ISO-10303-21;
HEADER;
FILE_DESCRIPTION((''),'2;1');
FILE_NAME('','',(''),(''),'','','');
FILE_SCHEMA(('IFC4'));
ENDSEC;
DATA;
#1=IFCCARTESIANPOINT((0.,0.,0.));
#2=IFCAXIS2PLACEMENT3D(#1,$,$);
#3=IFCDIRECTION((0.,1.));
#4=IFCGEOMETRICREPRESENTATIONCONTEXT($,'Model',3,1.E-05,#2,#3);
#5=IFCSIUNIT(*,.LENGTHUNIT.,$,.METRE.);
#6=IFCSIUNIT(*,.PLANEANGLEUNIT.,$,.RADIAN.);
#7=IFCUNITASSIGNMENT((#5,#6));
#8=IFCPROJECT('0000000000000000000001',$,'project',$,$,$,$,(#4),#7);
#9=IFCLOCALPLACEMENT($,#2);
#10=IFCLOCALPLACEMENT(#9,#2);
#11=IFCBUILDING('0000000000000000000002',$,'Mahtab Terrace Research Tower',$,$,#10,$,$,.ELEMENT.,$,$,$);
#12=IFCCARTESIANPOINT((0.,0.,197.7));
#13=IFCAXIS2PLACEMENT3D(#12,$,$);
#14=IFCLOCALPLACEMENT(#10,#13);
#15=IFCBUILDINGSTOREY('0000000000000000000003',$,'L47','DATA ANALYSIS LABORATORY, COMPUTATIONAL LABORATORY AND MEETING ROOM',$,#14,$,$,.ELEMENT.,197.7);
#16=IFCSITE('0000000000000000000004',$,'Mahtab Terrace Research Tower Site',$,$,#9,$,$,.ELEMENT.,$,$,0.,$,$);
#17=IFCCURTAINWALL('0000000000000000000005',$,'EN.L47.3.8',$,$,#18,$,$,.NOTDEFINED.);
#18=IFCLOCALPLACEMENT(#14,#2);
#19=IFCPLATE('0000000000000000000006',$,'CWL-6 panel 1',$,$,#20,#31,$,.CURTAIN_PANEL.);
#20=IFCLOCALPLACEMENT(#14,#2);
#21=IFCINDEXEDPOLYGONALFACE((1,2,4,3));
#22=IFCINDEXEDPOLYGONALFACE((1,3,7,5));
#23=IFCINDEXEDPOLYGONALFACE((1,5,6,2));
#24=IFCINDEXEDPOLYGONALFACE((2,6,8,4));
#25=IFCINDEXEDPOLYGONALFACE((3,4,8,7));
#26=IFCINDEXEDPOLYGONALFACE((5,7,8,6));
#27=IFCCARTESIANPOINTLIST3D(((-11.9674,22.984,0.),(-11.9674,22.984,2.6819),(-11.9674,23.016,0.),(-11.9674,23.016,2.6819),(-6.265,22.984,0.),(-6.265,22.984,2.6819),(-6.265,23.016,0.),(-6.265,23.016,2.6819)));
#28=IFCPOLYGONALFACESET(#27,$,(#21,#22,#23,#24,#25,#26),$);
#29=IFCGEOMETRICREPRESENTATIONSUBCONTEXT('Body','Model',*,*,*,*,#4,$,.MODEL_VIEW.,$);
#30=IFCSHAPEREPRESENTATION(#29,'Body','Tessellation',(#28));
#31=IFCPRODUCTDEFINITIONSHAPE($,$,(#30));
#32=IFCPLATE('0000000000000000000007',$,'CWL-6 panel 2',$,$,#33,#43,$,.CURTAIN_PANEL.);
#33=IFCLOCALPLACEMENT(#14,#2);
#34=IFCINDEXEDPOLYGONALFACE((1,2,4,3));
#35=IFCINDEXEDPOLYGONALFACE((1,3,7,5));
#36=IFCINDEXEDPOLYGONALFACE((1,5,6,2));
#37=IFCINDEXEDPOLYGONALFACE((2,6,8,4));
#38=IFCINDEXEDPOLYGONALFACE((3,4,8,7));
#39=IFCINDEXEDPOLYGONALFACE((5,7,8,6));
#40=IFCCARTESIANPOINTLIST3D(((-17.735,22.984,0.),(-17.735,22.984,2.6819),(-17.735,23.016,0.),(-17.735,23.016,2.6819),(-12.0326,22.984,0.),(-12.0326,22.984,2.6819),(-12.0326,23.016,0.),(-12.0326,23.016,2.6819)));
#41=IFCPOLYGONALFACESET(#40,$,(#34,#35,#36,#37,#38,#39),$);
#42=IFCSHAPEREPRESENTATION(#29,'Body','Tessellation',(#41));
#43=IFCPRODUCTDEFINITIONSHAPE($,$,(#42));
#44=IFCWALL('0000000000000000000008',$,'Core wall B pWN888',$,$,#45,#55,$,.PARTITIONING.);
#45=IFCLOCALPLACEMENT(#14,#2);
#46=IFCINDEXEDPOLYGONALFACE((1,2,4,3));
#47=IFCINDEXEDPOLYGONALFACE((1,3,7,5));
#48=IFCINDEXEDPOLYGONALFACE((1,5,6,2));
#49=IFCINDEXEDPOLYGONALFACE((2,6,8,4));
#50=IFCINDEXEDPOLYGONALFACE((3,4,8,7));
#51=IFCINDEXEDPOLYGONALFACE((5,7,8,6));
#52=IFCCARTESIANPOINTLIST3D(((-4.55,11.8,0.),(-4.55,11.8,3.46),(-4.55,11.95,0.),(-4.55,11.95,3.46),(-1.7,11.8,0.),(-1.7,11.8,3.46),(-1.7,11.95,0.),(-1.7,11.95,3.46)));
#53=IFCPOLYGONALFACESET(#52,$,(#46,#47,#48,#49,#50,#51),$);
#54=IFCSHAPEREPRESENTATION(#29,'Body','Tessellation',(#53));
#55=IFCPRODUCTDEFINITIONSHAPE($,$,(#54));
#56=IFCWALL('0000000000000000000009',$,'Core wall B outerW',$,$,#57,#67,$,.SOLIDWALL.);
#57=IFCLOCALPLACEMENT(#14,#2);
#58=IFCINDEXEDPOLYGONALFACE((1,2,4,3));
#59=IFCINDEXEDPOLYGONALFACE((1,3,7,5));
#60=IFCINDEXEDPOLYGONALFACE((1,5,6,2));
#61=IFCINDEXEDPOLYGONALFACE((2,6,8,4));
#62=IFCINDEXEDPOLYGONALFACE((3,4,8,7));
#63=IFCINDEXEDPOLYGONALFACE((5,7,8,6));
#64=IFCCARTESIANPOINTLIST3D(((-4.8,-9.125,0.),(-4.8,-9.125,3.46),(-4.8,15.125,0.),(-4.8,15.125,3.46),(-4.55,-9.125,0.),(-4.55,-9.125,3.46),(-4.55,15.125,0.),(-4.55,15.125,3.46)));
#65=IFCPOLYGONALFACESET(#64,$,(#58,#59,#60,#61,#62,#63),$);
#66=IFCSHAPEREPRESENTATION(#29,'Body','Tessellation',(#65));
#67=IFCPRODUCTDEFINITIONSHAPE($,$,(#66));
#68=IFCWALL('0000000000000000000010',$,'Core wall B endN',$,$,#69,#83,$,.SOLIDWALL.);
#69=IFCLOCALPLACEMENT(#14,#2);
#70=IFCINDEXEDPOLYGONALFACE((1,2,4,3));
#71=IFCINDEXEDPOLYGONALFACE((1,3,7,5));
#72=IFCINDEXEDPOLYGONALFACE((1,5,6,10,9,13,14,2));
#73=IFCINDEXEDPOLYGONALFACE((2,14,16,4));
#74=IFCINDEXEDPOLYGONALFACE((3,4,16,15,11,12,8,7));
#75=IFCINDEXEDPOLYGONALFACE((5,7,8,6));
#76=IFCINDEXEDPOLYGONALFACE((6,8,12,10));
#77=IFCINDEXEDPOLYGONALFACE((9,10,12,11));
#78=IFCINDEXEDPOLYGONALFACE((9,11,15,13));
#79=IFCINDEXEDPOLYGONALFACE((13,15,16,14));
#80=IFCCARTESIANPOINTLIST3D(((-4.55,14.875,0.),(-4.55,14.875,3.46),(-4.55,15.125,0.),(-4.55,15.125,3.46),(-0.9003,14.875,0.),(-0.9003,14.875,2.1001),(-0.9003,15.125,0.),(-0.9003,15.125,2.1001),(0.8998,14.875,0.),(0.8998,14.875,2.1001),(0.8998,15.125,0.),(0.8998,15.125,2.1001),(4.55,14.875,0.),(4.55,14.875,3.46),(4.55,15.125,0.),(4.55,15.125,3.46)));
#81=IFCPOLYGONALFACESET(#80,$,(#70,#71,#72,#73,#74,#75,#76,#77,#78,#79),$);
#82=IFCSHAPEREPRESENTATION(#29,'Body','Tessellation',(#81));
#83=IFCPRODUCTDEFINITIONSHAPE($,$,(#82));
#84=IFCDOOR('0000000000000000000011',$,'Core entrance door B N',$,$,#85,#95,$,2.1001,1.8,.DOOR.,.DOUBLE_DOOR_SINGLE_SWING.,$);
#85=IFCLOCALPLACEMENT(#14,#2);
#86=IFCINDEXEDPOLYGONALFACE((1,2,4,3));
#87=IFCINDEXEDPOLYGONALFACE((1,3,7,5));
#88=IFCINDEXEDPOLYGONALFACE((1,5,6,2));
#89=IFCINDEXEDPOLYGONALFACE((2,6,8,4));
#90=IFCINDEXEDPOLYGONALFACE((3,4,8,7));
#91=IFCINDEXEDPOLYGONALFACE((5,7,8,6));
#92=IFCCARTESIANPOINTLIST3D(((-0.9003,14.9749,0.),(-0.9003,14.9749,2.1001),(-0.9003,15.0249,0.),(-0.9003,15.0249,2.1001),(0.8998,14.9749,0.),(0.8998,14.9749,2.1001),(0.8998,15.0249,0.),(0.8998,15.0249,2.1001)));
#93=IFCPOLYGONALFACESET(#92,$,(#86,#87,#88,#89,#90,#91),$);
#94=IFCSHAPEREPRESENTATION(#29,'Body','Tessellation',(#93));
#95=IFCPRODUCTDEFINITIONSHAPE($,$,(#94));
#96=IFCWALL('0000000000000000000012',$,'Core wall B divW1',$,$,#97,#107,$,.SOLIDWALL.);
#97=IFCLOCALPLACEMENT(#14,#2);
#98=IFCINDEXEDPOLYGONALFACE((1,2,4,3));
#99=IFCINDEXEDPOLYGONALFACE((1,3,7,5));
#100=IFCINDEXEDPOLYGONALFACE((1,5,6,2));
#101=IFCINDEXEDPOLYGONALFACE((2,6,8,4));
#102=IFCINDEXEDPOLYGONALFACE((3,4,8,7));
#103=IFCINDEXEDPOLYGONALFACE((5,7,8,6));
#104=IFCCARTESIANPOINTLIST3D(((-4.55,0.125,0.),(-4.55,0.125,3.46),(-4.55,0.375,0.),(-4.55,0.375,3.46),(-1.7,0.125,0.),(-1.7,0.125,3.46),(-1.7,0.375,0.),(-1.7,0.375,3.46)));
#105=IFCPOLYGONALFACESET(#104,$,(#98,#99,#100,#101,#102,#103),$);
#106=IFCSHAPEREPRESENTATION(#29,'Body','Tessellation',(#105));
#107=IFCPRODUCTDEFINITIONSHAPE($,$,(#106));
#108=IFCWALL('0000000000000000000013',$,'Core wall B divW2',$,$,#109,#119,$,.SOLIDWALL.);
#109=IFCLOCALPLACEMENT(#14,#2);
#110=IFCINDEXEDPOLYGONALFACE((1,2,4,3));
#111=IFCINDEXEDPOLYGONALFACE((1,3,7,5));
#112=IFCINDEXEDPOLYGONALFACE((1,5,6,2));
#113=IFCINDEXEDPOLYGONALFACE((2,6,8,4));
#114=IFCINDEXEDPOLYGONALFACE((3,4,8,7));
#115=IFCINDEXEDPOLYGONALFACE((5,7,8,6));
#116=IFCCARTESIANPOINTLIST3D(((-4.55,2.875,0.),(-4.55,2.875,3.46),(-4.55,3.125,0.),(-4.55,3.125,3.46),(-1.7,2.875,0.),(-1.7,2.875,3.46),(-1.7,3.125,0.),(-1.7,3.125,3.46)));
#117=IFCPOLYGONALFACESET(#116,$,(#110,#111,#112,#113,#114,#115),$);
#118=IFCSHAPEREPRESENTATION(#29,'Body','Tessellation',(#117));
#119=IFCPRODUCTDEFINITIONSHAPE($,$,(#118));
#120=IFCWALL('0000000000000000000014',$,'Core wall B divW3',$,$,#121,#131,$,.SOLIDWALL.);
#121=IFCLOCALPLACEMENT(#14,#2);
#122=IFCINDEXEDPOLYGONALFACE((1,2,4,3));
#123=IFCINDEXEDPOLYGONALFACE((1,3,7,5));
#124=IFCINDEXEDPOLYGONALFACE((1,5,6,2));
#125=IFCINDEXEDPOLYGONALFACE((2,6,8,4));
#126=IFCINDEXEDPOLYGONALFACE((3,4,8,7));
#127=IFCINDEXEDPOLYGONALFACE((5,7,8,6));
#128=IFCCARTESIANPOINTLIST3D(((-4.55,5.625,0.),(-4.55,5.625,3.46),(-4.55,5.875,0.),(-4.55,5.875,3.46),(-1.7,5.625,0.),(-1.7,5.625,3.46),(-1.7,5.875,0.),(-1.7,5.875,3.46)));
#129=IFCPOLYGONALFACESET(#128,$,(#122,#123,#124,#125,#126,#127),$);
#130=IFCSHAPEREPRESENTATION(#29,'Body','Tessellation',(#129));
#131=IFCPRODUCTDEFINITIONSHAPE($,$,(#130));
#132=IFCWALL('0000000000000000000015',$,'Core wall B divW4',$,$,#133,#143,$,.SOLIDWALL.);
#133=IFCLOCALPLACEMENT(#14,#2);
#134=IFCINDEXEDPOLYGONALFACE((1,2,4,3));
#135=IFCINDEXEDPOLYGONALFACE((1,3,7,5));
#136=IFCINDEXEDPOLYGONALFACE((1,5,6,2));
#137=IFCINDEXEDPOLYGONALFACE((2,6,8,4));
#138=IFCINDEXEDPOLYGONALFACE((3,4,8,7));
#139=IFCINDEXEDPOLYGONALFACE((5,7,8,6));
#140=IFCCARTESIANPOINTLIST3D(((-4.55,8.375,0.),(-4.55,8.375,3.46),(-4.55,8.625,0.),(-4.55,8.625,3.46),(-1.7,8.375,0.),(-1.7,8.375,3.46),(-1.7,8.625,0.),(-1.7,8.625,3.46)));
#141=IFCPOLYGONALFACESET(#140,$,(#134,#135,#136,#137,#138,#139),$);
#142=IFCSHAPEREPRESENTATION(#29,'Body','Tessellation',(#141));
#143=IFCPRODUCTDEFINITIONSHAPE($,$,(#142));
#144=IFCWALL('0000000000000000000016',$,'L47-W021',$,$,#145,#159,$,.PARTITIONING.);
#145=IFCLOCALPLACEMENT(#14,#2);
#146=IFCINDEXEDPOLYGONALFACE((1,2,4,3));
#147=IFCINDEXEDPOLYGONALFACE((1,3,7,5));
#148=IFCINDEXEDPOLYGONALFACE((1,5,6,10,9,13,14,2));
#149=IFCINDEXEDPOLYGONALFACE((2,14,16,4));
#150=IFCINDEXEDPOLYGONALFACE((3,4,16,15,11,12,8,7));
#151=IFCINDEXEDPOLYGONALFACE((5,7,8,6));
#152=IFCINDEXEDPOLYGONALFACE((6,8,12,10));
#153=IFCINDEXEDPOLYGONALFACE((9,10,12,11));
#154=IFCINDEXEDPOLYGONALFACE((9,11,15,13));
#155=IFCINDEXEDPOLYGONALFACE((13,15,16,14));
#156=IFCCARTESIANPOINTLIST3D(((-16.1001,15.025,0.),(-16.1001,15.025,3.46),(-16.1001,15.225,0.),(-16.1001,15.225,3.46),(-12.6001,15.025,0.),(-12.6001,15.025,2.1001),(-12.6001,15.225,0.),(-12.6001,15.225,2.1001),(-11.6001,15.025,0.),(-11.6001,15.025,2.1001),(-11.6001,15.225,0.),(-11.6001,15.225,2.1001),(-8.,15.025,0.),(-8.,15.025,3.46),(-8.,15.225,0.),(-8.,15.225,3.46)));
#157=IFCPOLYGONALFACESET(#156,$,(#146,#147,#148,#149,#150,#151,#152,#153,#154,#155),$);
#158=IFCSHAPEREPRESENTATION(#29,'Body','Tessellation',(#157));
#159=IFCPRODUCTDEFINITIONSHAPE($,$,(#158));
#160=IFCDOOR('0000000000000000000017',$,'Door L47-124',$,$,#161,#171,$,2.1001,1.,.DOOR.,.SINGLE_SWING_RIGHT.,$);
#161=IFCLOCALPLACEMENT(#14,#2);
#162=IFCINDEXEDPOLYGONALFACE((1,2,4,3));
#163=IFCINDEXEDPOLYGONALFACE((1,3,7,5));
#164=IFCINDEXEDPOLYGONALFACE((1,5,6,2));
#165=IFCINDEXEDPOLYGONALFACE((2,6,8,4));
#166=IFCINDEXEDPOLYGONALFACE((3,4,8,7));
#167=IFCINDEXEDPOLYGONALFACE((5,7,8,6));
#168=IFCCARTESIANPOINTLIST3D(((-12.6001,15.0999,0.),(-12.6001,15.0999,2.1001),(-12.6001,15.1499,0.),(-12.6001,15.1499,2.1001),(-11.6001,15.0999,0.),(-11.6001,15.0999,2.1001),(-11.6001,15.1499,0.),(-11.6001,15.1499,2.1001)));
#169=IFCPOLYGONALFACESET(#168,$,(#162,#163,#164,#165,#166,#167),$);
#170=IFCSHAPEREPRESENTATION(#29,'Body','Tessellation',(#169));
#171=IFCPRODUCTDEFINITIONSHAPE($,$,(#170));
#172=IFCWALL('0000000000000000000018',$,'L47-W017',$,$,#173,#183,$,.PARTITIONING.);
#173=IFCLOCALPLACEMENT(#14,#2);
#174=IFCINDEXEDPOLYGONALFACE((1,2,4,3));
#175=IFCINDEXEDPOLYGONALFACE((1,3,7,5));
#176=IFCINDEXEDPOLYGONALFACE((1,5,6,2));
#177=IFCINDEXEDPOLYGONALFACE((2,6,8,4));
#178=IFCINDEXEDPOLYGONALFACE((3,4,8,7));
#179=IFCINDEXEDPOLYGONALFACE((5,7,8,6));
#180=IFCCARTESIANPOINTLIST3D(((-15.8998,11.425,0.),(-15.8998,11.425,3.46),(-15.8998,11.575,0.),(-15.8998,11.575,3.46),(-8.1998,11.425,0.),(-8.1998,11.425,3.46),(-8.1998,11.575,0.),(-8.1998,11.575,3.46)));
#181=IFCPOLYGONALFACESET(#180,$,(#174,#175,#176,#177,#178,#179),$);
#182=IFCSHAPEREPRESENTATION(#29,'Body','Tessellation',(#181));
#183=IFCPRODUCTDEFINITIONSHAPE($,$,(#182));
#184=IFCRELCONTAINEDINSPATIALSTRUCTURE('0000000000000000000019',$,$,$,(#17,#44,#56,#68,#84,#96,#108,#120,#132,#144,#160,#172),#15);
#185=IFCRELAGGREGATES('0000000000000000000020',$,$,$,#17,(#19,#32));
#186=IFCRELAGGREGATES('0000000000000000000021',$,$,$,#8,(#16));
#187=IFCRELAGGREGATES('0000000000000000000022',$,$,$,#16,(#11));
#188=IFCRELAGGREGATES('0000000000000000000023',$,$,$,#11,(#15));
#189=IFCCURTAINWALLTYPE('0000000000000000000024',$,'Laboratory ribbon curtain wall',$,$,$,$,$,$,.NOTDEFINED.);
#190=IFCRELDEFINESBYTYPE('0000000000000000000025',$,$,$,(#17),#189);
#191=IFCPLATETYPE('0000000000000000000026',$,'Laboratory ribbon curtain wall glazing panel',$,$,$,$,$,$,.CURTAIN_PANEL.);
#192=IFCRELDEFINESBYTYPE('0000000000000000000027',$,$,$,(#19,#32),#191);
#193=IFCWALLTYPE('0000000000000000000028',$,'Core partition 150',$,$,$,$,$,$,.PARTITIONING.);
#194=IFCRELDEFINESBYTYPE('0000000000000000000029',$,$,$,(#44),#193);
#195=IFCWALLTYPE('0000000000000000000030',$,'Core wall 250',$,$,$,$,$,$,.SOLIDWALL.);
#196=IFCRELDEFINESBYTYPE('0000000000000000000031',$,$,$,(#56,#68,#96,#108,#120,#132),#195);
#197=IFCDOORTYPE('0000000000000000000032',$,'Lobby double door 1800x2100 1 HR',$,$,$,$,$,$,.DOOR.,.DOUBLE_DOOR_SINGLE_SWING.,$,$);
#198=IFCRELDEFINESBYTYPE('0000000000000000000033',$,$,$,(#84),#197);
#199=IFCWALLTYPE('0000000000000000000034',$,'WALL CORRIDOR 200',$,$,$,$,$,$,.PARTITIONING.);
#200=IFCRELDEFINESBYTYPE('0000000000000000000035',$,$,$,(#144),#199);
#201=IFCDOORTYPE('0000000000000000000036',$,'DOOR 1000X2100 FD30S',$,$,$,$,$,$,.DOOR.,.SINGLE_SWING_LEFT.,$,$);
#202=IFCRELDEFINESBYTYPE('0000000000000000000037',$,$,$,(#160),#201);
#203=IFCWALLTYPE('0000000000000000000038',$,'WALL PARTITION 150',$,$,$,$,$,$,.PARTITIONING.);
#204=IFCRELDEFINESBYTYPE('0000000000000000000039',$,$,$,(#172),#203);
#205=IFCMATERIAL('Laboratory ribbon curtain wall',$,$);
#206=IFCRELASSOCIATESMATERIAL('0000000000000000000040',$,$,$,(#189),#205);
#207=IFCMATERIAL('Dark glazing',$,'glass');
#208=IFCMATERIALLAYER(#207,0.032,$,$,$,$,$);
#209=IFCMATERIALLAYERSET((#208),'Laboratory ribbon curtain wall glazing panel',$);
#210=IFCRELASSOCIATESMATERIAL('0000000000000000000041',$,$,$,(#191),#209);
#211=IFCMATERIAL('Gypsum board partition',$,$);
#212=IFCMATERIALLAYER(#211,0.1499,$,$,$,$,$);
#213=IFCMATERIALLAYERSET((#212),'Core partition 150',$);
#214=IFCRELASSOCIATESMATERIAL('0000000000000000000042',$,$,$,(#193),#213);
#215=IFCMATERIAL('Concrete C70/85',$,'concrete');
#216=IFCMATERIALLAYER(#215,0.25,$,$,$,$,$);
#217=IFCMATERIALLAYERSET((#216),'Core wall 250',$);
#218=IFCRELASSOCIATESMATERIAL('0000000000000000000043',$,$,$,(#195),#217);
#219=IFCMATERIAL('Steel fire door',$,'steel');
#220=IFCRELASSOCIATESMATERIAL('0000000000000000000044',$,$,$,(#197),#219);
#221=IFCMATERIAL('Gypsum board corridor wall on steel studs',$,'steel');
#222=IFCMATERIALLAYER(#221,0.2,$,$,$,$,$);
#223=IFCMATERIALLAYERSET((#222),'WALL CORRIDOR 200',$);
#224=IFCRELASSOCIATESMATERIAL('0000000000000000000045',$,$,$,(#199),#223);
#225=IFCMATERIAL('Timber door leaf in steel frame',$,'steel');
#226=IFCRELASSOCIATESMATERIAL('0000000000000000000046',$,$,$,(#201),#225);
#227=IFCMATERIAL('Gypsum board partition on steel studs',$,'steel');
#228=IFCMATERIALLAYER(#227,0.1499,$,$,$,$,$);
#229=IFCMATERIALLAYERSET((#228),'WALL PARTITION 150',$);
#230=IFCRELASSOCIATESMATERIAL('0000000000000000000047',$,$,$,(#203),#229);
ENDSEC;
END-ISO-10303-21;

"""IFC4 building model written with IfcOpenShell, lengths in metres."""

from ifc_helpers import new_model, si_unit, direction, frame, frame_2d, origin, origin_2d, place, context, subcontext, project, spatial, rectangle, extrude, material, layer, layer_set, type_object, element, fill, aggregate, save


model = new_model("IFC4")

# Units and contexts
model_context = context("Model", 3, precision=1e-05, world=origin(), true_north=direction((0.0, 1.0)))
body_context = subcontext(model_context, "Body", "Model", "MODEL_VIEW")
ifc_project = project(units=[si_unit("LENGTHUNIT", "METRE"), si_unit("PLANEANGLEUNIT", "RADIAN")], contexts=[model_context])

# Site, building, storey
site_placement = place(None, origin())
site = spatial("IfcSite", under=ifc_project, at=site_placement, Name="Mahtab Terrace Research Tower Site", CompositionType="ELEMENT", RefElevation=0.0)
building_placement = place(site_placement, origin())
building = spatial("IfcBuilding", under=site, at=building_placement, Name="Mahtab Terrace Research Tower", CompositionType="ELEMENT")
storey_placement = place(building_placement, frame((0.0, 0.0, 197.7)))
storey = spatial("IfcBuildingStorey", under=building, at=storey_placement, Name="L47", Description="DATA ANALYSIS LABORATORY, COMPUTATIONAL LABORATORY AND MEETING ROOM", CompositionType="ELEMENT", Elevation=197.7)

# Shared definitions
ifc_material_1 = material(Name="Concrete C70/85", Category="concrete")

# Curtain wall
ifc_material_2 = material(Name="Laboratory ribbon curtain wall")
curtain_wall_type = type_object("IfcCurtainWallType", Name="Laboratory ribbon curtain wall", PredefinedType="NOTDEFINED", material=ifc_material_2)
curtain_wall_placement = place(storey_placement, origin())
curtain_wall = element("IfcCurtainWall", 1, at=curtain_wall_placement, inside=storey, type_object=curtain_wall_type, Name="EN.L47.3.8", PredefinedType="NOTDEFINED")

# Plates
ifc_material_3 = material(Name="Dark glazing", Category="glass")
ifc_layer_1 = layer(ifc_material_3, 0.032)
ifc_layer_set_1 = layer_set([ifc_layer_1], Name="Laboratory ribbon curtain wall glazing panel")
plate_type = type_object("IfcPlateType", Name="Laboratory ribbon curtain wall glazing panel", PredefinedType="CURTAIN_PANEL", material=ifc_layer_set_1)
plate_1_placement = place(storey_placement, frame((-9.1162, 23.0, 0.0), z_axis=(0.0, 0.0, 1.0), x_axis=(-1.0, 0.0, 0.0)))
plate_1 = element("IfcPlate", 2, at=plate_1_placement, type_object=plate_type, Name="CWL-6 panel 1", PredefinedType="CURTAIN_PANEL", context=body_context, shape_type="SweptSolid", body=[
    extrude(rectangle(XDim=5.7024, YDim=0.032, at=origin_2d()), origin(), (0.0, 0.0, 1.0), 2.6819),
])
plate_2_placement = place(storey_placement, frame((-14.8838, 23.0, 0.0), z_axis=(0.0, 0.0, 1.0), x_axis=(-1.0, 0.0, 0.0)))
plate_2 = element("IfcPlate", 3, at=plate_2_placement, type_object=plate_type, Name="CWL-6 panel 2", PredefinedType="CURTAIN_PANEL", context=body_context, shape_type="SweptSolid", body=[
    extrude(rectangle(XDim=5.7024, YDim=0.032, at=origin_2d()), origin(), (0.0, 0.0, 1.0), 2.6819),
])
aggregate(curtain_wall, [plate_1, plate_2])

# Walls
ifc_material_4 = material(Name="Gypsum board partition")
ifc_layer_2 = layer(ifc_material_4, 0.1499)
ifc_layer_set_2 = layer_set([ifc_layer_2], Name="Core partition 150")
wall_type_1 = type_object("IfcWallType", Name="Core partition 150", PredefinedType="PARTITIONING", material=ifc_layer_set_2)
wall_1_placement = place(storey_placement, frame((-4.55, 11.875, 0.0), z_axis=(0.0, 0.0, 1.0), x_axis=(1.0, 0.0, 0.0)))
element("IfcWall", 4, at=wall_1_placement, inside=storey, type_object=wall_type_1, Name="Core wall B pWN888", PredefinedType="PARTITIONING", context=body_context, shape_type="SweptSolid", body=[
    extrude(rectangle(XDim=2.8501, YDim=0.1499, at=frame_2d((1.425, 0.0))), origin(), (0.0, 0.0, 1.0), 3.46),
])
ifc_layer_3 = layer(ifc_material_1, 0.25)
ifc_layer_set_3 = layer_set([ifc_layer_3], Name="Core wall 250")
wall_type_2 = type_object("IfcWallType", Name="Core wall 250", PredefinedType="SOLIDWALL", material=ifc_layer_set_3)
wall_2_placement = place(storey_placement, frame((-4.675, 15.125, 0.0), z_axis=(0.0, 0.0, 1.0), x_axis=(0.0, -1.0, 0.0)))
element("IfcWall", 5, at=wall_2_placement, inside=storey, type_object=wall_type_2, Name="Core wall B outerW", PredefinedType="SOLIDWALL", context=body_context, shape_type="SweptSolid", body=[
    extrude(rectangle(XDim=24.25, YDim=0.25, at=frame_2d((12.125, 0.0))), origin(), (0.0, 0.0, 1.0), 3.46),
])

# Wall, opening, door
wall_3_placement = place(storey_placement, frame((-4.55, 15.0, 0.0), z_axis=(0.0, 0.0, 1.0), x_axis=(1.0, 0.0, 0.0)))
wall_3 = element("IfcWall", 6, at=wall_3_placement, inside=storey, type_object=wall_type_2, Name="Core wall B endN", PredefinedType="SOLIDWALL", context=body_context, shape_type="SweptSolid", body=[
    extrude(rectangle(XDim=9.1001, YDim=0.25, at=frame_2d((4.55, 0.0))), origin(), (0.0, 0.0, 1.0), 3.46),
])
opening_1_placement = place(wall_3_placement, frame((3.6499, 0.0, 0.0)))
opening_1 = element("IfcOpeningElement", 7, at=opening_1_placement, cuts=wall_3, PredefinedType="OPENING", context=body_context, shape_type="SweptSolid", body=[
    extrude(rectangle(XDim=1.8, YDim=2.1001, at=frame_2d((0.8999, 1.05))), frame((0.0, 0.135, 0.0), z_axis=(0.0, -1.0, 0.0), x_axis=(1.0, 0.0, 0.0)), (0.0, 0.0, 1.0), 0.27),
])
ifc_material_5 = material(Name="Steel fire door", Category="steel")
door_type_1 = type_object("IfcDoorType", Name="Lobby double door 1800x2100 1 HR", OperationType="DOUBLE_DOOR_SINGLE_SWING", PredefinedType="DOOR", material=ifc_material_5)
door_1_placement = place(opening_1_placement, origin())
door_1 = element("IfcDoor", 8, at=door_1_placement, inside=storey, type_object=door_type_1, Name="Core entrance door B N", OperationType="DOUBLE_DOOR_SINGLE_SWING", OverallHeight=2.1001, OverallWidth=1.8, PredefinedType="DOOR", context=body_context, shape_type="SweptSolid", body=[
    extrude(rectangle(XDim=1.8, YDim=2.1001, at=frame_2d((0.8999, 1.05))), frame((0.0, 0.0249, 0.0), z_axis=(0.0, -1.0, 0.0), x_axis=(1.0, 0.0, 0.0)), (0.0, 0.0, 1.0), 0.05),
])
fill(opening_1, door_1)

# Walls
for number, where, z_axis, x_axis, name in (
    (9, (-4.55, 0.25, 0.0), (0.0, 0.0, 1.0), (1.0, 0.0, 0.0), "Core wall B divW1"),
    (10, (-4.55, 3.0, 0.0), (0.0, 0.0, 1.0), (1.0, 0.0, 0.0), "Core wall B divW2"),
    (11, (-4.55, 5.75, 0.0), (0.0, 0.0, 1.0), (1.0, 0.0, 0.0), "Core wall B divW3"),
    (12, (-4.55, 8.5, 0.0), (0.0, 0.0, 1.0), (1.0, 0.0, 0.0), "Core wall B divW4"),
):
    element("IfcWall", number, at=place(storey_placement, frame(where, z_axis=z_axis, x_axis=x_axis)), inside=storey, type_object=wall_type_2, Name=name, PredefinedType="SOLIDWALL", context=body_context, shape_type="SweptSolid", body=[
        extrude(rectangle(XDim=2.8501, YDim=0.25, at=frame_2d((1.425, 0.0))), origin(), (0.0, 0.0, 1.0), 3.46),
    ])

# Wall, opening, door
ifc_material_6 = material(Name="Gypsum board corridor wall on steel studs", Category="steel")
ifc_layer_4 = layer(ifc_material_6, 0.2)
ifc_layer_set_4 = layer_set([ifc_layer_4], Name="WALL CORRIDOR 200")
wall_type_3 = type_object("IfcWallType", Name="WALL CORRIDOR 200", PredefinedType="PARTITIONING", material=ifc_layer_set_4)
wall_4_placement = place(storey_placement, frame((-16.1001, 15.125, 0.0), z_axis=(0.0, 0.0, 1.0), x_axis=(1.0, 0.0, 0.0)))
wall_4 = element("IfcWall", 13, at=wall_4_placement, inside=storey, type_object=wall_type_3, Name="L47-W021", PredefinedType="PARTITIONING", context=body_context, shape_type="SweptSolid", body=[
    extrude(rectangle(XDim=8.1001, YDim=0.2, at=frame_2d((4.05, 0.0))), origin(), (0.0, 0.0, 1.0), 3.46),
])
opening_2_placement = place(wall_4_placement, frame((3.5, 0.0, 0.0)))
opening_2 = element("IfcOpeningElement", 14, at=opening_2_placement, cuts=wall_4, PredefinedType="OPENING", context=body_context, shape_type="SweptSolid", body=[
    extrude(rectangle(XDim=1.0, YDim=2.1001, at=frame_2d((0.5, 1.05))), frame((0.0, 0.1099, 0.0), z_axis=(0.0, -1.0, 0.0), x_axis=(1.0, 0.0, 0.0)), (0.0, 0.0, 1.0), 0.22),
])
ifc_material_7 = material(Name="Timber door leaf in steel frame", Category="steel")
door_type_2 = type_object("IfcDoorType", Name="DOOR 1000X2100 FD30S", OperationType="SINGLE_SWING_LEFT", PredefinedType="DOOR", material=ifc_material_7)
door_2_placement = place(opening_2_placement, origin())
door_2 = element("IfcDoor", 15, at=door_2_placement, inside=storey, type_object=door_type_2, Name="Door L47-124", OperationType="SINGLE_SWING_RIGHT", OverallHeight=2.1001, OverallWidth=1.0, PredefinedType="DOOR", context=body_context, shape_type="SweptSolid", body=[
    extrude(rectangle(XDim=1.0, YDim=2.1001, at=frame_2d((0.5, 1.05))), frame((0.0, 0.0249, 0.0), z_axis=(0.0, -1.0, 0.0), x_axis=(1.0, 0.0, 0.0)), (0.0, 0.0, 1.0), 0.05),
])
fill(opening_2, door_2)

# Wall
ifc_material_8 = material(Name="Gypsum board partition on steel studs", Category="steel")
ifc_layer_5 = layer(ifc_material_8, 0.1499)
ifc_layer_set_5 = layer_set([ifc_layer_5], Name="WALL PARTITION 150")
wall_type_4 = type_object("IfcWallType", Name="WALL PARTITION 150", PredefinedType="PARTITIONING", material=ifc_layer_set_5)
wall_5_placement = place(storey_placement, frame((-15.8999, 11.5, 0.0), z_axis=(0.0, 0.0, 1.0), x_axis=(1.0, 0.0, 0.0)))
element("IfcWall", 16, at=wall_5_placement, inside=storey, type_object=wall_type_4, Name="L47-W017", PredefinedType="PARTITIONING", context=body_context, shape_type="SweptSolid", body=[
    extrude(rectangle(XDim=7.7, YDim=0.1499, at=frame_2d((3.8501, 0.0))), origin(), (0.0, 0.0, 1.0), 3.46),
])

save(model, "model.ifc")
